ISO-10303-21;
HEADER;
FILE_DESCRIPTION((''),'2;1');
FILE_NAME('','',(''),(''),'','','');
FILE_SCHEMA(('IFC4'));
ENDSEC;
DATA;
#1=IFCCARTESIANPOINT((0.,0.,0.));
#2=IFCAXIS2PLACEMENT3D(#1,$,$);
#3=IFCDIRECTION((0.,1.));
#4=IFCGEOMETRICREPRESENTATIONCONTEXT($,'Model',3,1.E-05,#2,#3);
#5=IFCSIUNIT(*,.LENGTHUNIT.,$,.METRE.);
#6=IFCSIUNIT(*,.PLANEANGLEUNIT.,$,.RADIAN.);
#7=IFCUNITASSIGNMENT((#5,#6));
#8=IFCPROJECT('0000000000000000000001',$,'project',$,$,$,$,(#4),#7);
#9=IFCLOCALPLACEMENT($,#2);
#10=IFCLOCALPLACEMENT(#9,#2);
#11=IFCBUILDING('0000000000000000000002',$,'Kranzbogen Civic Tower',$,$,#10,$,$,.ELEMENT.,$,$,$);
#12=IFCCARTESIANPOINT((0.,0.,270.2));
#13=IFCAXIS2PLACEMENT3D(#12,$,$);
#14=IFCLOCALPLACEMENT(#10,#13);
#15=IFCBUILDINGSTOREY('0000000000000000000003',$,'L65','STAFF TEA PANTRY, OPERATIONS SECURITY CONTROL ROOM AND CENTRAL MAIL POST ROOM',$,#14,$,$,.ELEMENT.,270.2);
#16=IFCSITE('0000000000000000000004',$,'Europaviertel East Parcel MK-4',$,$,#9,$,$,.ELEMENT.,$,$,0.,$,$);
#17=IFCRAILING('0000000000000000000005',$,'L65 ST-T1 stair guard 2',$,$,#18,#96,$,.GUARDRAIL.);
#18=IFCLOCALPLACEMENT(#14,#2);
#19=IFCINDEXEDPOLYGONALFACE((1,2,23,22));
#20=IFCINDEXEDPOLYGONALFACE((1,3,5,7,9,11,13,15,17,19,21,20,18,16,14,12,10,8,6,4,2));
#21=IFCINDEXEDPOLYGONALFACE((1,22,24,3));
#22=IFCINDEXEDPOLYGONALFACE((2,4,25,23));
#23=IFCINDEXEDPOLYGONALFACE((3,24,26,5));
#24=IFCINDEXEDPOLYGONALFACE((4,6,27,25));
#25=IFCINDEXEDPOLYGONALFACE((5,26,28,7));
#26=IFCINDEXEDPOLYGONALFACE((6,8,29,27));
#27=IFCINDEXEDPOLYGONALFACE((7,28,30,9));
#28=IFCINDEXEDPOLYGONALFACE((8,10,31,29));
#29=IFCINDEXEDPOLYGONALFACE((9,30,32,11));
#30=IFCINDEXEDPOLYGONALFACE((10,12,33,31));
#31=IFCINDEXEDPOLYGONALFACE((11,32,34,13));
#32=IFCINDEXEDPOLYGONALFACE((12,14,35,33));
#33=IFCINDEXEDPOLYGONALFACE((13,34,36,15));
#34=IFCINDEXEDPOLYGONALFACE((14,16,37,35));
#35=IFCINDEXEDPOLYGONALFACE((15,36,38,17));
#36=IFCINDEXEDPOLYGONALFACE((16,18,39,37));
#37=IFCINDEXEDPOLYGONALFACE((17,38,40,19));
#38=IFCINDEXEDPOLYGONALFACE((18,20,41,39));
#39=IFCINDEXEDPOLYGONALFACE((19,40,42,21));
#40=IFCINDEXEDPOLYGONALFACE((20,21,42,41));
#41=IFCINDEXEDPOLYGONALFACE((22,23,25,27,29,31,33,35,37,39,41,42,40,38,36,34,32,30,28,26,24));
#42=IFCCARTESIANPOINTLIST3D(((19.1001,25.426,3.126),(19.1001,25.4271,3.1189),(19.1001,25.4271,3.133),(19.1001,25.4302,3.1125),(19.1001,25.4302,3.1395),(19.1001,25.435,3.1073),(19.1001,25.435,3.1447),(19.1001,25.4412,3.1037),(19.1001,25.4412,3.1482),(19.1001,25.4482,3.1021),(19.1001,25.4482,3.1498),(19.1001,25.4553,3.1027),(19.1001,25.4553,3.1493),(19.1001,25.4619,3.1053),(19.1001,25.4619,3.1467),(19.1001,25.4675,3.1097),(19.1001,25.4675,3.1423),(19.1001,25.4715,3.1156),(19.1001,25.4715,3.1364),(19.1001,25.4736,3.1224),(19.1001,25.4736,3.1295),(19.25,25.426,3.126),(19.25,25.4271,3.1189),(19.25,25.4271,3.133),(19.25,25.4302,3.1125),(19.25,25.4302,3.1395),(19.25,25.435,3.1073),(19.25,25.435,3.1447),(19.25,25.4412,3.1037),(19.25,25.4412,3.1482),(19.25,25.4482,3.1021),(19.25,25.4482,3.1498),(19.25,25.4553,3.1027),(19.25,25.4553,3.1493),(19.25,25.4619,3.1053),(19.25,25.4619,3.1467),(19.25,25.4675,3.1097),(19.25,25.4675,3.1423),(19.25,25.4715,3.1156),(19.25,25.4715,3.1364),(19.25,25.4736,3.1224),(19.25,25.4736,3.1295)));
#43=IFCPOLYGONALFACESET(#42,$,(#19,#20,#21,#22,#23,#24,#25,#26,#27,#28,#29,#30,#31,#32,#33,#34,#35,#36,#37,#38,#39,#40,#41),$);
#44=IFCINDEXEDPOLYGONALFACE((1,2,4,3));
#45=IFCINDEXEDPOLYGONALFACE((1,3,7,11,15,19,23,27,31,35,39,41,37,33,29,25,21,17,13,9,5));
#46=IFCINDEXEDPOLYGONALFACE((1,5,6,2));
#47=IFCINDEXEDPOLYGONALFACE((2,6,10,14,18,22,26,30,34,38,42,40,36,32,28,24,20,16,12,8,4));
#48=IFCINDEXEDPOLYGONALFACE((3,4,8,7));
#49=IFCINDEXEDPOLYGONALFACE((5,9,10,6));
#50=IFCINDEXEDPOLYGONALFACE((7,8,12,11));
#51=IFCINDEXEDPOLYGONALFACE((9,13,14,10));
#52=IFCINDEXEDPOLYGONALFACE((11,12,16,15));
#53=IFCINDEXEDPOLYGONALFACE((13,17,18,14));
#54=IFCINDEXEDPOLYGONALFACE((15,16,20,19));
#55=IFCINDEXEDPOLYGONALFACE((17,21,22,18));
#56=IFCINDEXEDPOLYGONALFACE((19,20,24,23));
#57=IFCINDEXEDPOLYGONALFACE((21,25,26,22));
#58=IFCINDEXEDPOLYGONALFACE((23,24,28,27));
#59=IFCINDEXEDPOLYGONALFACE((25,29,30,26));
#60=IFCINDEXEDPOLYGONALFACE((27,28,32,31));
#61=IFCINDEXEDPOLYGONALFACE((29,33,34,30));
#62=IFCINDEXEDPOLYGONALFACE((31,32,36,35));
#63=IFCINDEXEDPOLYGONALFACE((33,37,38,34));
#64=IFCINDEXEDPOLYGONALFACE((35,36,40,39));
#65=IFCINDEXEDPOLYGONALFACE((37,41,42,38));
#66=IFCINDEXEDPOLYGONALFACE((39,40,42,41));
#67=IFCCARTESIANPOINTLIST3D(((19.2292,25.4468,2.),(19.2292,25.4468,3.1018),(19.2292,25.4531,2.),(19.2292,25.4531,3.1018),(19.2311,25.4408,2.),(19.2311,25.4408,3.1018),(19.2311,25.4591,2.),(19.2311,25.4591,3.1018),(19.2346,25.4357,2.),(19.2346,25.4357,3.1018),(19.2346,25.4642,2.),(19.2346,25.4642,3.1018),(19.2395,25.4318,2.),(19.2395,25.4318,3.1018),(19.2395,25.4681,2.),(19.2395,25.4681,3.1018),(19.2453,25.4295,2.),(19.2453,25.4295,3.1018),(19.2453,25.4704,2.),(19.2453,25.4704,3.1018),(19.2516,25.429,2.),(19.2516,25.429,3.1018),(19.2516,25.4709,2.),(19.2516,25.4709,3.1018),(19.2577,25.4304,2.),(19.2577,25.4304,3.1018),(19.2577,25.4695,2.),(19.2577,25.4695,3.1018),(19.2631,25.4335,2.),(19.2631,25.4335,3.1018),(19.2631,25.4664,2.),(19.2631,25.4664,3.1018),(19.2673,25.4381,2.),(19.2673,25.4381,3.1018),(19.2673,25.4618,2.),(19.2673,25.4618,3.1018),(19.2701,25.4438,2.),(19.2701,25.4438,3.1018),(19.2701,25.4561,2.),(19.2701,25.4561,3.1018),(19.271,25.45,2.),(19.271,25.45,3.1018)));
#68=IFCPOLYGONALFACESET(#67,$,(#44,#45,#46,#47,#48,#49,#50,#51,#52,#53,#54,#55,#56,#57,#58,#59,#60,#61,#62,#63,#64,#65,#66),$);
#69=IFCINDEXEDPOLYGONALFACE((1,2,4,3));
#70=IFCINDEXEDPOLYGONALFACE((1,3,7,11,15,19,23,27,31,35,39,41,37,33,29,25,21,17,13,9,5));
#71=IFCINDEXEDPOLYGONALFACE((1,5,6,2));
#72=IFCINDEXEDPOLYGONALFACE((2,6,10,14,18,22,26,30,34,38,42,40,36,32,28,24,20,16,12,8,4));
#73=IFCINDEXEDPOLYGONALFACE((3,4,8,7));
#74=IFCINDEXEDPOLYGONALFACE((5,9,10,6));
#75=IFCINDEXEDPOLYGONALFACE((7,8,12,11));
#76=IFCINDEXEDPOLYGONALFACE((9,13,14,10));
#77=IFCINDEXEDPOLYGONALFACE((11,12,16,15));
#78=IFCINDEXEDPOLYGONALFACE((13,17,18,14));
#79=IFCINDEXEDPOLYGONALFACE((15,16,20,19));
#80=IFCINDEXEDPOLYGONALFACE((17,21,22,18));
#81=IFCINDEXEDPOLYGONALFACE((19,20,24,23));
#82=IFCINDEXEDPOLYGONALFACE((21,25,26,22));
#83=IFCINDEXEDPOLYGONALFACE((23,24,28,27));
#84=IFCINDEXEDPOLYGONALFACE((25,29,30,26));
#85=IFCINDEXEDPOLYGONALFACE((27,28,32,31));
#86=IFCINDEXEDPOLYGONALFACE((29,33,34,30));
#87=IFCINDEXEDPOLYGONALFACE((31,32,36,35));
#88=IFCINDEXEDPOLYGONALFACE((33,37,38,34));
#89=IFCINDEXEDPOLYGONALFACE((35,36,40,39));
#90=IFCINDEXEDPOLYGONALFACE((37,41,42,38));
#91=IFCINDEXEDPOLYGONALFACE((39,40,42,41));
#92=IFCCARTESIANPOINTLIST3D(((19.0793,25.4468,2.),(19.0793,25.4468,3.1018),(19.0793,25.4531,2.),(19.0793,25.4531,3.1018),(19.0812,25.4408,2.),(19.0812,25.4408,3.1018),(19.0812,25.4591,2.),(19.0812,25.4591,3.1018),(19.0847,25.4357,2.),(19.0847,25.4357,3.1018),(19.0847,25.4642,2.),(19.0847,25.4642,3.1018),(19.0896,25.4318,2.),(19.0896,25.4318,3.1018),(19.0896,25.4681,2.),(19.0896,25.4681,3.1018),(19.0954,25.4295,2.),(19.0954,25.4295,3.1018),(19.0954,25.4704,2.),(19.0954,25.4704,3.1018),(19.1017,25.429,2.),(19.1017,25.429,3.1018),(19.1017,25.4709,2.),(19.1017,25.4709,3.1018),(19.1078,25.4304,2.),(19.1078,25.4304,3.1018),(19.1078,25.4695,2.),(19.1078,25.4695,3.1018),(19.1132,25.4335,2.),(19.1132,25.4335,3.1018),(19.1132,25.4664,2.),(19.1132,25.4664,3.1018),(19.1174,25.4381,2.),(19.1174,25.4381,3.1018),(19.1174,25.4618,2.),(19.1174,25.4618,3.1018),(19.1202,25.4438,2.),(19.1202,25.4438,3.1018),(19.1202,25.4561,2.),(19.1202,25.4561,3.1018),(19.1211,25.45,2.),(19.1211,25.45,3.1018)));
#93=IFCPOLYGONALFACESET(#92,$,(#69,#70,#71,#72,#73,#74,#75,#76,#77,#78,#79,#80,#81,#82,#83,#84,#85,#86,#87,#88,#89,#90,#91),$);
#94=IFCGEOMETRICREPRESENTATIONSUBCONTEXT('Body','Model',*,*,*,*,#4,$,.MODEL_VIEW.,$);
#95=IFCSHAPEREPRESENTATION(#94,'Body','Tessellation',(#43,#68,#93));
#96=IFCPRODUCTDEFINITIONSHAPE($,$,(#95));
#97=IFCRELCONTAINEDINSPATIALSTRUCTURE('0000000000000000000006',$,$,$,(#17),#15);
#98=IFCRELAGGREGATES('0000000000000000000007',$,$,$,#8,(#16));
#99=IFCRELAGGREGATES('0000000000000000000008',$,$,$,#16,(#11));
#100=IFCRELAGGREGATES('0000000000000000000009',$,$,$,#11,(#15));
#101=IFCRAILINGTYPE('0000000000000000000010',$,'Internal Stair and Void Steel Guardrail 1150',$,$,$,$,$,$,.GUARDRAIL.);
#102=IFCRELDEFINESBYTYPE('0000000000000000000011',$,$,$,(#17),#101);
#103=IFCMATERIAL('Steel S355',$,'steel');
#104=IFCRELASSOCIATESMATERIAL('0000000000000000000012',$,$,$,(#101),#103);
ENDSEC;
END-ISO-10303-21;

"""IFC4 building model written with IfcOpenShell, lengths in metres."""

from ifc_helpers import new_model, si_unit, direction, frame, origin, origin_2d, place, context, subcontext, project, spatial, circle, extrude, material, type_object, element, save


model = new_model("IFC4")

# Units and contexts
model_context = context("Model", 3, precision=1e-05, world=origin(), true_north=direction((0.0, 1.0)))
body_context = subcontext(model_context, "Body", "Model", "MODEL_VIEW")
ifc_project = project(units=[si_unit("LENGTHUNIT", "METRE"), si_unit("PLANEANGLEUNIT", "RADIAN")], contexts=[model_context])

# Site, building, storey
site_placement = place(None, origin())
site = spatial("IfcSite", under=ifc_project, at=site_placement, Name="Europaviertel East Parcel MK-4", CompositionType="ELEMENT", RefElevation=0.0)
building_placement = place(site_placement, origin())
building = spatial("IfcBuilding", under=site, at=building_placement, Name="Kranzbogen Civic Tower", CompositionType="ELEMENT")
storey_placement = place(building_placement, frame((0.0, 0.0, 270.2)))
storey = spatial("IfcBuildingStorey", under=building, at=storey_placement, Name="L65", Description="STAFF TEA PANTRY, OPERATIONS SECURITY CONTROL ROOM AND CENTRAL MAIL POST ROOM", CompositionType="ELEMENT", Elevation=270.2)

# Shared definitions
ifc_material_1 = material(Name="Steel S355", Category="steel")

# Railing
railing_type_1 = type_object("IfcRailingType", Name="Internal Stair and Void Steel Guardrail 1150", PredefinedType="GUARDRAIL", material=ifc_material_1)
railing_1_placement = place(storey_placement, frame((19.25, 25.45, 2.0)))
element("IfcRailing", 1, at=railing_1_placement, inside=storey, type_object=railing_type_1, Name="L65 ST-T1 stair guard 2", PredefinedType="GUARDRAIL", context=body_context, shape_type="SweptSolid", body=[
    extrude(circle(Radius=0.0239, at=origin_2d()), frame((0.0, 0.0, 1.126), z_axis=(-1.0, 0.0, 0.0), x_axis=(0.0, -1.0, 0.0)), (0.0, 0.0, 1.0), 0.1499),
    extrude(circle(Radius=0.021, at=origin_2d()), origin(), (0.0, 0.0, 1.0), 1.1018),
    extrude(circle(Radius=0.021, at=origin_2d()), frame((-0.1499, 0.0, 0.0)), (0.0, 0.0, 1.0), 1.1018),
])

save(model, "model.ifc")
